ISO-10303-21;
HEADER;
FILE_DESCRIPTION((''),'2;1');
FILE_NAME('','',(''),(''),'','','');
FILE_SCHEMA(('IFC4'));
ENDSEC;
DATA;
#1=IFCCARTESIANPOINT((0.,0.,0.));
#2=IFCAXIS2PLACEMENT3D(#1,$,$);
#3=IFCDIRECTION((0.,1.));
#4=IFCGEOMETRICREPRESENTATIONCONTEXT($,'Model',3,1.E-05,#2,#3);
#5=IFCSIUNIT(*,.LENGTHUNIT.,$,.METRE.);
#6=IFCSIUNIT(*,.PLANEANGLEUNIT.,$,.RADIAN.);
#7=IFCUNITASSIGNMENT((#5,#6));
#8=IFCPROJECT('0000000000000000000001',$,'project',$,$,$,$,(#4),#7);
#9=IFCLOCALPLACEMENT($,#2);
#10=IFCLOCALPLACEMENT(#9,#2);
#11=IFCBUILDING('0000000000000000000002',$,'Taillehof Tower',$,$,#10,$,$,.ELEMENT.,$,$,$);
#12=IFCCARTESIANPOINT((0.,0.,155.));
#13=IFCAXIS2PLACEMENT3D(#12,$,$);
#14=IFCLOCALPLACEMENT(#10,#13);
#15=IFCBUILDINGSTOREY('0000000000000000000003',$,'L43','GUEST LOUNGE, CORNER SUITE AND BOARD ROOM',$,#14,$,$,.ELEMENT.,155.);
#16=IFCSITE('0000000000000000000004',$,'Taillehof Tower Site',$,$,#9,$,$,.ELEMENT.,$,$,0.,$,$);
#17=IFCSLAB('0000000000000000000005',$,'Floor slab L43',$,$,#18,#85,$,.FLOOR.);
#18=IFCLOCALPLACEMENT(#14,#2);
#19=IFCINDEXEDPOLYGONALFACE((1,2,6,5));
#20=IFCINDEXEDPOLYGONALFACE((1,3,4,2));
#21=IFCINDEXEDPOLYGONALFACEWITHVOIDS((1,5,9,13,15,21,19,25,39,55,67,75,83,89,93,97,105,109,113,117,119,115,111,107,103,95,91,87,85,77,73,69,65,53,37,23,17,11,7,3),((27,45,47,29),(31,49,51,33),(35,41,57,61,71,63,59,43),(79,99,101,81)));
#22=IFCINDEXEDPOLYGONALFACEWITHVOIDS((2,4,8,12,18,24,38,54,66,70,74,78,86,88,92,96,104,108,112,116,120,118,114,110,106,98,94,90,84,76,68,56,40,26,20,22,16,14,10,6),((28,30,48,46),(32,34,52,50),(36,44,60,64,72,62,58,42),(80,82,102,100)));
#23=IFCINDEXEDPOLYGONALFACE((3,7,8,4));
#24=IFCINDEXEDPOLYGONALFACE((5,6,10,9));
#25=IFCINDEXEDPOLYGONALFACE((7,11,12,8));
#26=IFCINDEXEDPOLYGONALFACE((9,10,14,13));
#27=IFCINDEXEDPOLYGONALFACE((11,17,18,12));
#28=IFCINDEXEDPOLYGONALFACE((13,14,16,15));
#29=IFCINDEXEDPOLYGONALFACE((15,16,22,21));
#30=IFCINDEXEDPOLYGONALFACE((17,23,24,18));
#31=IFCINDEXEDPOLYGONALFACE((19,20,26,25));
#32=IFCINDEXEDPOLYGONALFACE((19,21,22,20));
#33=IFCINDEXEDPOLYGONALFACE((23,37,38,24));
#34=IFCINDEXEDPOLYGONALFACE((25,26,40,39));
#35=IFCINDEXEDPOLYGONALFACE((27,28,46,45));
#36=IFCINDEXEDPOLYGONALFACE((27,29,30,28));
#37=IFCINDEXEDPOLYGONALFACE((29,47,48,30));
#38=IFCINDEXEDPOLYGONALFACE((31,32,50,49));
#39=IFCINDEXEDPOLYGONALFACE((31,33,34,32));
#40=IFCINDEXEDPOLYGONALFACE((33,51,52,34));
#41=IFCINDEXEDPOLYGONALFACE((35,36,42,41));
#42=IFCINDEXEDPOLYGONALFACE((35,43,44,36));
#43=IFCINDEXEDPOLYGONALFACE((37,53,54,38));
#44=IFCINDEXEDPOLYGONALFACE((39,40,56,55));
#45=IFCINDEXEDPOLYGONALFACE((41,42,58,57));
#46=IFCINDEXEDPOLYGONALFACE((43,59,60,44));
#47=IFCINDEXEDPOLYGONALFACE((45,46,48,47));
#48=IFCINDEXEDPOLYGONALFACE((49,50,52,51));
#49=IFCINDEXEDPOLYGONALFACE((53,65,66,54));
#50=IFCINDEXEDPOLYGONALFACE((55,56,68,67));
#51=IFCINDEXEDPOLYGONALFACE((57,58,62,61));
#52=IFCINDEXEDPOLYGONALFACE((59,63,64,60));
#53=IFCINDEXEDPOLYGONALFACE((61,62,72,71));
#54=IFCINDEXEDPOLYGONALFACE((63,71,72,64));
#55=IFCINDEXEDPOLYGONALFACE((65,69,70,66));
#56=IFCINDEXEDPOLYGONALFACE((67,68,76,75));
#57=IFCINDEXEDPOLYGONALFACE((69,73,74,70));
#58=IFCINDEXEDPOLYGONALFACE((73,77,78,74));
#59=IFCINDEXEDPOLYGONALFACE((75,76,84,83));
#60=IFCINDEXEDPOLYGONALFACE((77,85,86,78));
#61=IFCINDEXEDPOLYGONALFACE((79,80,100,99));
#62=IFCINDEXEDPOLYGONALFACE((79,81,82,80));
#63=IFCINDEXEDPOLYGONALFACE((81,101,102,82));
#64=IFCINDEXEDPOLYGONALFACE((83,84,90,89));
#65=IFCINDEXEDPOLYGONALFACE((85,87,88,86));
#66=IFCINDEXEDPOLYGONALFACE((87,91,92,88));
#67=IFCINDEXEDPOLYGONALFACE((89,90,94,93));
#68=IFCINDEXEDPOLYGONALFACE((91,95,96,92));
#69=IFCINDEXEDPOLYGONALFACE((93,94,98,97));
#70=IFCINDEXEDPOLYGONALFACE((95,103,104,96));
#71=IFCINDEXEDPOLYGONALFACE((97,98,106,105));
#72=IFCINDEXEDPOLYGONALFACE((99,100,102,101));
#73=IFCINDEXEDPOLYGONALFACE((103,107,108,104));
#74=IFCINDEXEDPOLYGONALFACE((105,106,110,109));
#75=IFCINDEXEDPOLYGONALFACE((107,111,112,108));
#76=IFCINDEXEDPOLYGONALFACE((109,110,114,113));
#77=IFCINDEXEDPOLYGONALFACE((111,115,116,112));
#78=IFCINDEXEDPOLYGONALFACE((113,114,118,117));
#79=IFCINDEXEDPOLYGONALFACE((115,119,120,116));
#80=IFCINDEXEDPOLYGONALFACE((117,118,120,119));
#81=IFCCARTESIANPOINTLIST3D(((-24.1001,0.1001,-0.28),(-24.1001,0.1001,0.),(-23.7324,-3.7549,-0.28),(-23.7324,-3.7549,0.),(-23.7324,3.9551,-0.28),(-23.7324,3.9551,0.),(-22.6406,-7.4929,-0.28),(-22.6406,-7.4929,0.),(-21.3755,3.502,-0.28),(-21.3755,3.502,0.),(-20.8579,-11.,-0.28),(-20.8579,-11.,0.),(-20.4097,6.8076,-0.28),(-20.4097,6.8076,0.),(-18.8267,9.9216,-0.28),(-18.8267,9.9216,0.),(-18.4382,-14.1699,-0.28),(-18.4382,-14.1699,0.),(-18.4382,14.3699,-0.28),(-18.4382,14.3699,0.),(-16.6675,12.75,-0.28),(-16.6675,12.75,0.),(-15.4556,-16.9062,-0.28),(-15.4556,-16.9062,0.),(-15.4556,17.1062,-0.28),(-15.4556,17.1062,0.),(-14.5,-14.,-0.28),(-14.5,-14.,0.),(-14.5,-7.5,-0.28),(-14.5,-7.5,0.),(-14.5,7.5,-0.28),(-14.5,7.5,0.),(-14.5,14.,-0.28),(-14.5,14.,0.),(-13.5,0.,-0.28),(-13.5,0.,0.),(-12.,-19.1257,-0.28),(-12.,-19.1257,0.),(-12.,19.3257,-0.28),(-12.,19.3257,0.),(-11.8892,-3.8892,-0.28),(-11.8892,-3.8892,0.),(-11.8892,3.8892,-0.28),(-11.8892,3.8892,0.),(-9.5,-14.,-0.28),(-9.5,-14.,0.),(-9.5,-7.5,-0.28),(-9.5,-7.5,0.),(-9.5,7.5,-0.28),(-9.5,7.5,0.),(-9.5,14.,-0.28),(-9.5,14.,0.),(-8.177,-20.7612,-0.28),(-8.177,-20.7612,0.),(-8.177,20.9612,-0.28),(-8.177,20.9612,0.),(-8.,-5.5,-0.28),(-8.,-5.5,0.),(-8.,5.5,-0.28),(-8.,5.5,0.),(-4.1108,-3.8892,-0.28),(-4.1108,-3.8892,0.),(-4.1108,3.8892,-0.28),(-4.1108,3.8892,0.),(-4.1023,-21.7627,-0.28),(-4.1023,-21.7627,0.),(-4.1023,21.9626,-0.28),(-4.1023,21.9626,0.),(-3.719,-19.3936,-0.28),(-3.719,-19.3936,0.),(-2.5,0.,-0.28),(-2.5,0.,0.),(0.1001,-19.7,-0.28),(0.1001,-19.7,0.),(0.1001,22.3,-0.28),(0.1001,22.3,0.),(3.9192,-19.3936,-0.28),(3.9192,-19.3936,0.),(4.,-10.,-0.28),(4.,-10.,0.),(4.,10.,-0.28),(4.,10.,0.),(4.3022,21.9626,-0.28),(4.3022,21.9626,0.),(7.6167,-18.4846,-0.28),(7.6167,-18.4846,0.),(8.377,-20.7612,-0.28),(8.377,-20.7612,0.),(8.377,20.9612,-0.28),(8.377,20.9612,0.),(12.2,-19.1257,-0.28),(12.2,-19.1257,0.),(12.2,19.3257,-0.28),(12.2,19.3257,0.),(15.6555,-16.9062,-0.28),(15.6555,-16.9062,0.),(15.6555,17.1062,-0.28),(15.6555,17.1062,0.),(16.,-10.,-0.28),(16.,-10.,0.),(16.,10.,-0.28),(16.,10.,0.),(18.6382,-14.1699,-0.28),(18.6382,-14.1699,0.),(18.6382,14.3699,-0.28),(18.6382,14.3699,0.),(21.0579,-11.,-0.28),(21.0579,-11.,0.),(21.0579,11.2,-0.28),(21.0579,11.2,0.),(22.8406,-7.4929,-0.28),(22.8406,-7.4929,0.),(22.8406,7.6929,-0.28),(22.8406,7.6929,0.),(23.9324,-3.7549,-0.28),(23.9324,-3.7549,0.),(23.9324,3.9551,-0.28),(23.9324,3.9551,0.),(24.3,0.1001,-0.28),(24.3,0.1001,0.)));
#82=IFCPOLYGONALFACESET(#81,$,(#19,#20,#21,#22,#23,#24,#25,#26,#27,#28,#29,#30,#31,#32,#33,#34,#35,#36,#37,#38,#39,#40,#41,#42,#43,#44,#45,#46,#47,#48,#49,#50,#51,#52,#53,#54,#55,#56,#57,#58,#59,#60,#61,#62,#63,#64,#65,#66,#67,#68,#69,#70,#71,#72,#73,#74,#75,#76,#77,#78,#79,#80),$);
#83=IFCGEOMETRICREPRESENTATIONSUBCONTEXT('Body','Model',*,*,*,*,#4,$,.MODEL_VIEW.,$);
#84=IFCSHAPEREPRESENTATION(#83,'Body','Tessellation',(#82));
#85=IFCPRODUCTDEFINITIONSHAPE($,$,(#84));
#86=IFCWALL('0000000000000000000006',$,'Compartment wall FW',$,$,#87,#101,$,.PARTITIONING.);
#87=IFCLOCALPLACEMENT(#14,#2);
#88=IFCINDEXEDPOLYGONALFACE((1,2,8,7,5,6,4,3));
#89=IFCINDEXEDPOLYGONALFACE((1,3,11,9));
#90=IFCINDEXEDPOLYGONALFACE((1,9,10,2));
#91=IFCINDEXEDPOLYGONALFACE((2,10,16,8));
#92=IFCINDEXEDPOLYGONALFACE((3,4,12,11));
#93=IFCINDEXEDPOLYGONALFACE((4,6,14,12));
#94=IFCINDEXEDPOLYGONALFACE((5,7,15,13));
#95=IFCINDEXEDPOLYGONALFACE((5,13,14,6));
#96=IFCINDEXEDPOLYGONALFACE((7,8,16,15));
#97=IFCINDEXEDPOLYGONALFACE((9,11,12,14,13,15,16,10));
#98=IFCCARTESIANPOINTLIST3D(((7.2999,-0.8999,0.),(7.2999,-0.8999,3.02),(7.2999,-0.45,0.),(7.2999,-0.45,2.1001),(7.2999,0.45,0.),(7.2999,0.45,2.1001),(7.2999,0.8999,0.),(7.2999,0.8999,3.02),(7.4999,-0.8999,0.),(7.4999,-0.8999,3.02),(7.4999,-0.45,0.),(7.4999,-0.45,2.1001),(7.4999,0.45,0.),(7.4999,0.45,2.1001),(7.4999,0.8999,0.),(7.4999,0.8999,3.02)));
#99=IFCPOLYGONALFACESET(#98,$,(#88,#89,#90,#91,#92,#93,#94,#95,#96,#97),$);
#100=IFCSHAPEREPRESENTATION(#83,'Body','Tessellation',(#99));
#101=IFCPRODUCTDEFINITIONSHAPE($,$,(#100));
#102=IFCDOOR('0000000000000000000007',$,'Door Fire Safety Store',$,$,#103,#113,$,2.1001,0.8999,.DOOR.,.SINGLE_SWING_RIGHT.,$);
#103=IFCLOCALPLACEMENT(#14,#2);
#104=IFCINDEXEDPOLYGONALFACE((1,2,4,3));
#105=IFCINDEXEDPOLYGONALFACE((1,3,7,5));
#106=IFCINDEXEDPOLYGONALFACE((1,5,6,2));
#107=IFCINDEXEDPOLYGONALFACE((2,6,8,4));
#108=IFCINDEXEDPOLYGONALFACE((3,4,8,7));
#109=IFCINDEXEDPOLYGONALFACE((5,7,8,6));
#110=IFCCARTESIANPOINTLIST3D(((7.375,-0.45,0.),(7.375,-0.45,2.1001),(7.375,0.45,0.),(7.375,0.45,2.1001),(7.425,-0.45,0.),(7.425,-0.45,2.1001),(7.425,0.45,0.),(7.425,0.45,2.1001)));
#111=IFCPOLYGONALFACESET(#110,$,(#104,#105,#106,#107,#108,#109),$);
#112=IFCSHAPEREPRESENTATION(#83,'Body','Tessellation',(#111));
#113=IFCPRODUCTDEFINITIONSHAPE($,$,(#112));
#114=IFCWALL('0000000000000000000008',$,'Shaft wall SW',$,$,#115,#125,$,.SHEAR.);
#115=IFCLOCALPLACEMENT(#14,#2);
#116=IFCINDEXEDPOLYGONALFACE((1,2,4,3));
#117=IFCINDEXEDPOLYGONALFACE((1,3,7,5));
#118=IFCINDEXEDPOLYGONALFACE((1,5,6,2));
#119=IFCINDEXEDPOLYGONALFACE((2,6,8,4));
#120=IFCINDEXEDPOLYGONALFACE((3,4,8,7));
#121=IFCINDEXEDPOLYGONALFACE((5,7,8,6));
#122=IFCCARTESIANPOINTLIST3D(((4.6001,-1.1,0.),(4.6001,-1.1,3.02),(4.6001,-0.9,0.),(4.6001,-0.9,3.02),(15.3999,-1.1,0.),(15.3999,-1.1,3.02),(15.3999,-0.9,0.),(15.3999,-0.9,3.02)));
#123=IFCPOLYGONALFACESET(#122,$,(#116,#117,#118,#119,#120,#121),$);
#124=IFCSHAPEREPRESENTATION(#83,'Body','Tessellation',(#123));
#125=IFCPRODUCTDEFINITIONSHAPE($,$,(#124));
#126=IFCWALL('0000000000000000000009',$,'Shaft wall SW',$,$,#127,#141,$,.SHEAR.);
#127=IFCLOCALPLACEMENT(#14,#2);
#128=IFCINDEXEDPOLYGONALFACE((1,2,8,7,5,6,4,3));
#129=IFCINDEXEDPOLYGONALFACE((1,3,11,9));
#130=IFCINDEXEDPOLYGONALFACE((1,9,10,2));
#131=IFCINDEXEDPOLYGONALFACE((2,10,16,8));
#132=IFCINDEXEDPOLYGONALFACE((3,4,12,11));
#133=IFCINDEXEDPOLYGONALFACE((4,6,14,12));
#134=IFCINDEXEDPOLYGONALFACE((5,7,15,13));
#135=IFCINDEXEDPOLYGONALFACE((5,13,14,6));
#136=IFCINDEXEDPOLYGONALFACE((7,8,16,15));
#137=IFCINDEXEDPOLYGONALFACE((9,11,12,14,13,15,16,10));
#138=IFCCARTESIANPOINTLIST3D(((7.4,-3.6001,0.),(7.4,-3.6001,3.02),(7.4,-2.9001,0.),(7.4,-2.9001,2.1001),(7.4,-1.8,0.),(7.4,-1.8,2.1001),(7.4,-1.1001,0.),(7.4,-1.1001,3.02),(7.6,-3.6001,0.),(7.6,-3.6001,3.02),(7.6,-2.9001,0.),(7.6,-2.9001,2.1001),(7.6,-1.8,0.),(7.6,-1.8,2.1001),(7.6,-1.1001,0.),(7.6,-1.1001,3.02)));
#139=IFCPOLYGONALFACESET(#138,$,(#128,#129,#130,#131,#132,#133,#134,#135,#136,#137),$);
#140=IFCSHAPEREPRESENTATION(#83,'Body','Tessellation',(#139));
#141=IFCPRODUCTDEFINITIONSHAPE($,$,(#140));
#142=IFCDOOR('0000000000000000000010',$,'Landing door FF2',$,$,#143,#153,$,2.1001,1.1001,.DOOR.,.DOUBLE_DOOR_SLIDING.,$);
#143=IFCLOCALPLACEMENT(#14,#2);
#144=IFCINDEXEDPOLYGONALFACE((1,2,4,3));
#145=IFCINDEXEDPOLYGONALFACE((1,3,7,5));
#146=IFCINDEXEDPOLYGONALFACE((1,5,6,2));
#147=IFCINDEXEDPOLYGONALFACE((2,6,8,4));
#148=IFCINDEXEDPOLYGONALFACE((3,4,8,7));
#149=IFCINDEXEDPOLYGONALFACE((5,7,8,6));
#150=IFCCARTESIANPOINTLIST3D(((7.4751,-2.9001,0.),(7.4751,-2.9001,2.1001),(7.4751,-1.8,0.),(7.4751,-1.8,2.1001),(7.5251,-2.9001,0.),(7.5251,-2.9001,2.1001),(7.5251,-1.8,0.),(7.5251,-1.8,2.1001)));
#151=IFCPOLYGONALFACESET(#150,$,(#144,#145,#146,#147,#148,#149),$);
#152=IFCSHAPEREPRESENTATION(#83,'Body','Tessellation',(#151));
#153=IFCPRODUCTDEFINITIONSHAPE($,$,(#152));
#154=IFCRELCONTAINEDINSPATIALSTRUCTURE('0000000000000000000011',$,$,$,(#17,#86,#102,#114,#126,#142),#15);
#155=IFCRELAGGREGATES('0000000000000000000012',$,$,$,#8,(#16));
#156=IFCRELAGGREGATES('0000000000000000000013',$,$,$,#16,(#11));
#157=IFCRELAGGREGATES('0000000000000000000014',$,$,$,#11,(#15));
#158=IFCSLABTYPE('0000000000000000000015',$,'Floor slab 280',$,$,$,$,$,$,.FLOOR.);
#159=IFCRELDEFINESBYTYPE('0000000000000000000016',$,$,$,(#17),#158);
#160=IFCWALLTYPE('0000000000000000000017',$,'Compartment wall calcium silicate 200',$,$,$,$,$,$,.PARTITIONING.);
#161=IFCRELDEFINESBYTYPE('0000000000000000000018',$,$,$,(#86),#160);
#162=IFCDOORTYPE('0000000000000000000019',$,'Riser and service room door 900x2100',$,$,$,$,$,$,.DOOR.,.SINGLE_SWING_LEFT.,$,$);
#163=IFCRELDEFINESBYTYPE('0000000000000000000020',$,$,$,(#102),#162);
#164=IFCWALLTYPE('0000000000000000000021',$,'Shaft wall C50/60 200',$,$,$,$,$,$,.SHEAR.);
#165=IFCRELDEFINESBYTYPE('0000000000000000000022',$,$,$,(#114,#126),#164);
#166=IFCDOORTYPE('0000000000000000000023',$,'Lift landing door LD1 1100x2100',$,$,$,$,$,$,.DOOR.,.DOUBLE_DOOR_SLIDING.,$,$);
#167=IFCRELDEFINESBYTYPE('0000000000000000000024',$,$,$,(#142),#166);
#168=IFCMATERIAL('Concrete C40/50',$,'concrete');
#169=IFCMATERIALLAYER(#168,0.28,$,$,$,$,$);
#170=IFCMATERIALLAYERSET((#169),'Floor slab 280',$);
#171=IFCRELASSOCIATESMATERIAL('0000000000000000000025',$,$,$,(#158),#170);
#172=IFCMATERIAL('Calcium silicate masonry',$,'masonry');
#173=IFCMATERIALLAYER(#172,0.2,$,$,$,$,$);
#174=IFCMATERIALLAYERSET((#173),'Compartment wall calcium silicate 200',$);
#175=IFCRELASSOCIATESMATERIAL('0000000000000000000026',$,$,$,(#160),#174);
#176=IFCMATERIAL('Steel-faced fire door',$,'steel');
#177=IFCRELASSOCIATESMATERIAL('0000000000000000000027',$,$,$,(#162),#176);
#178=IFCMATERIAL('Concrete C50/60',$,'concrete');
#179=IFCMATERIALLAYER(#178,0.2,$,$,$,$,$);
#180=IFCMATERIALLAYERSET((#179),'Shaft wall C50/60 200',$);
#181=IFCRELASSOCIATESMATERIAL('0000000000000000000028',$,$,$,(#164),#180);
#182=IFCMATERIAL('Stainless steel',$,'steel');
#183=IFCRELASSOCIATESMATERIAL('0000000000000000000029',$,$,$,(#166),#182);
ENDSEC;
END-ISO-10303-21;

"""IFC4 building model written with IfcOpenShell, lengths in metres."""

from ifc_helpers import new_model, si_unit, direction, frame, frame_2d, origin, place, context, subcontext, project, spatial, polyline, rectangle, outline, extrude, material, layer, layer_set, type_object, element, fill, save


model = new_model("IFC4")

# Units and contexts
model_context = context("Model", 3, precision=1e-05, world=origin(), true_north=direction((0.0, 1.0)))
body_context = subcontext(model_context, "Body", "Model", "MODEL_VIEW")
ifc_project = project(units=[si_unit("LENGTHUNIT", "METRE"), si_unit("PLANEANGLEUNIT", "RADIAN")], contexts=[model_context])

# Site, building, storey
site_placement = place(None, origin())
site = spatial("IfcSite", under=ifc_project, at=site_placement, Name="Taillehof Tower Site", CompositionType="ELEMENT", RefElevation=0.0)
building_placement = place(site_placement, origin())
building = spatial("IfcBuilding", under=site, at=building_placement, Name="Taillehof Tower", CompositionType="ELEMENT")
storey_placement = place(building_placement, frame((0.0, 0.0, 155.0)))
storey = spatial("IfcBuildingStorey", under=building, at=storey_placement, Name="L43", Description="GUEST LOUNGE, CORNER SUITE AND BOARD ROOM", CompositionType="ELEMENT", Elevation=155.0)

# Slab
ifc_material_1 = material(Name="Concrete C40/50", Category="concrete")
ifc_layer_1 = layer(ifc_material_1, 0.28)
ifc_layer_set_1 = layer_set([ifc_layer_1], Name="Floor slab 280")
slab_type_1 = type_object("IfcSlabType", Name="Floor slab 280", PredefinedType="FLOOR", material=ifc_layer_set_1)
slab_1_placement = place(storey_placement, frame((0.0, 0.0, -0.28)))
element("IfcSlab", 1, at=slab_1_placement, inside=storey, type_object=slab_type_1, Name="Floor slab L43", PredefinedType="FLOOR", context=body_context, shape_type="SweptSolid", body=[
    extrude(outline(polyline([(24.3, 0.1001), (23.9324, 3.9551), (22.8406, 7.6929), (21.0579, 11.2), (18.6382, 14.3699), (15.6555, 17.1062), (12.2, 19.3257), (8.377, 20.9612), (4.3022, 21.9626), (0.1001, 22.3), (-4.1023, 21.9626), (-8.177, 20.9612), (-12.0, 19.3257), (-15.4556, 17.1062), (-18.4382, 14.3699), (-16.6675, 12.75), (-18.8267, 9.9216), (-20.4097, 6.8076), (-21.3755, 3.502), (-23.7324, 3.9551), (-24.1001, 0.1001), (-23.7324, -3.7549), (-22.6406, -7.4929), (-20.8579, -11.0), (-18.4382, -14.1699), (-15.4556, -16.9062), (-12.0, -19.1257), (-8.177, -20.7612), (-4.1023, -21.7627), (-3.719, -19.3936), (0.1001, -19.7), (3.9192, -19.3936), (7.6167, -18.4846), (8.377, -20.7612), (12.2, -19.1257), (15.6555, -16.9062), (18.6382, -14.1699), (21.0579, -11.0), (22.8406, -7.4929), (23.9324, -3.7549), (24.3, 0.1001)]), holes=[polyline([(-14.5, -7.5), (-9.5, -7.5), (-9.5, -14.0), (-14.5, -14.0), (-14.5, -7.5)]), polyline([(-8.0, -5.5), (-11.8892, -3.8892), (-13.5, 0.0), (-11.8892, 3.8892), (-8.0, 5.5), (-4.1108, 3.8892), (-2.5, 0.0), (-4.1108, -3.8892), (-8.0, -5.5)]), polyline([(16.0, 10.0), (16.0, -10.0), (4.0, -10.0), (4.0, 10.0), (16.0, 10.0)]), polyline([(-14.5, 14.0), (-9.5, 14.0), (-9.5, 7.5), (-14.5, 7.5), (-14.5, 14.0)])]), origin(), (0.0, 0.0, 1.0), 0.28),
])

# Wall, opening, door
ifc_material_2 = material(Name="Calcium silicate masonry", Category="masonry")
ifc_layer_2 = layer(ifc_material_2, 0.2)
ifc_layer_set_2 = layer_set([ifc_layer_2], Name="Compartment wall calcium silicate 200")
wall_type_1 = type_object("IfcWallType", Name="Compartment wall calcium silicate 200", PredefinedType="PARTITIONING", material=ifc_layer_set_2)
wall_1_placement = place(storey_placement, frame((7.3999, -0.8999, 0.0), z_axis=(0.0, 0.0, 1.0), x_axis=(0.0, 1.0, 0.0)))
wall_1 = element("IfcWall", 2, at=wall_1_placement, inside=storey, type_object=wall_type_1, Name="Compartment wall FW", PredefinedType="PARTITIONING", context=body_context, shape_type="SweptSolid", body=[
    extrude(rectangle(XDim=1.7998, YDim=0.2, at=frame_2d((0.8999, 0.0))), origin(), (0.0, 0.0, 1.0), 3.02),
])
opening_1_placement = place(wall_1_placement, frame((0.45, 0.0, 0.0)))
opening_1 = element("IfcOpeningElement", 3, at=opening_1_placement, cuts=wall_1, PredefinedType="OPENING", context=body_context, shape_type="SweptSolid", body=[
    extrude(rectangle(XDim=0.8999, YDim=2.1001, at=frame_2d((0.45, 1.05))), frame((0.0, 0.1099, 0.0), z_axis=(0.0, -1.0, 0.0), x_axis=(1.0, 0.0, 0.0)), (0.0, 0.0, 1.0), 0.22),
])
ifc_material_3 = material(Name="Steel-faced fire door", Category="steel")
door_type_1 = type_object("IfcDoorType", Name="Riser and service room door 900x2100", OperationType="SINGLE_SWING_LEFT", PredefinedType="DOOR", material=ifc_material_3)
door_1_placement = place(opening_1_placement, origin())
door_1 = element("IfcDoor", 4, at=door_1_placement, inside=storey, type_object=door_type_1, Name="Door Fire Safety Store", OperationType="SINGLE_SWING_RIGHT", OverallHeight=2.1001, OverallWidth=0.8999, PredefinedType="DOOR", context=body_context, shape_type="SweptSolid", body=[
    extrude(rectangle(XDim=0.8999, YDim=2.1001, at=frame_2d((0.45, 1.05))), frame((0.0, 0.0249, 0.0), z_axis=(0.0, -1.0, 0.0), x_axis=(1.0, 0.0, 0.0)), (0.0, 0.0, 1.0), 0.05),
])
fill(opening_1, door_1)

# Wall
ifc_material_4 = material(Name="Concrete C50/60", Category="concrete")
ifc_layer_3 = layer(ifc_material_4, 0.2)
ifc_layer_set_3 = layer_set([ifc_layer_3], Name="Shaft wall C50/60 200")
wall_type_2 = type_object("IfcWallType", Name="Shaft wall C50/60 200", PredefinedType="SHEAR", material=ifc_layer_set_3)
wall_2_placement = place(storey_placement, frame((4.6001, -1.0, 0.0), z_axis=(0.0, 0.0, 1.0), x_axis=(1.0, 0.0, 0.0)))
element("IfcWall", 5, at=wall_2_placement, inside=storey, type_object=wall_type_2, Name="Shaft wall SW", PredefinedType="SHEAR", context=body_context, shape_type="SweptSolid", body=[
    extrude(rectangle(XDim=10.7998, YDim=0.2, at=frame_2d((5.3999, 0.0))), origin(), (0.0, 0.0, 1.0), 3.02),
])

# Wall, opening, door
wall_3_placement = place(storey_placement, frame((7.5, -3.6001, 0.0), z_axis=(0.0, 0.0, 1.0), x_axis=(0.0, 1.0, 0.0)))
wall_3 = element("IfcWall", 6, at=wall_3_placement, inside=storey, type_object=wall_type_2, Name="Shaft wall SW", PredefinedType="SHEAR", context=body_context, shape_type="SweptSolid", body=[
    extrude(rectangle(XDim=2.5, YDim=0.2, at=frame_2d((1.25, 0.0))), origin(), (0.0, 0.0, 1.0), 3.02),
])
opening_2_placement = place(wall_3_placement, frame((0.7, 0.0, 0.0)))
opening_2 = element("IfcOpeningElement", 7, at=opening_2_placement, cuts=wall_3, PredefinedType="OPENING", context=body_context, shape_type="SweptSolid", body=[
    extrude(rectangle(XDim=1.1001, YDim=2.1001, at=frame_2d((0.55, 1.05))), frame((0.0, 0.1099, 0.0), z_axis=(0.0, -1.0, 0.0), x_axis=(1.0, 0.0, 0.0)), (0.0, 0.0, 1.0), 0.22),
])
ifc_material_5 = material(Name="Stainless steel", Category="steel")
door_type_2 = type_object("IfcDoorType", Name="Lift landing door LD1 1100x2100", OperationType="DOUBLE_DOOR_SLIDING", PredefinedType="DOOR", material=ifc_material_5)
door_2_placement = place(opening_2_placement, origin())
door_2 = element("IfcDoor", 8, at=door_2_placement, inside=storey, type_object=door_type_2, Name="Landing door FF2", OperationType="DOUBLE_DOOR_SLIDING", OverallHeight=2.1001, OverallWidth=1.1001, PredefinedType="DOOR", context=body_context, shape_type="SweptSolid", body=[
    extrude(rectangle(XDim=1.1001, YDim=2.1001, at=frame_2d((0.55, 1.05))), frame((0.0, 0.0249, 0.0), z_axis=(0.0, -1.0, 0.0), x_axis=(1.0, 0.0, 0.0)), (0.0, 0.0, 1.0), 0.05),
])
fill(opening_2, door_2)

save(model, "model.ifc")
